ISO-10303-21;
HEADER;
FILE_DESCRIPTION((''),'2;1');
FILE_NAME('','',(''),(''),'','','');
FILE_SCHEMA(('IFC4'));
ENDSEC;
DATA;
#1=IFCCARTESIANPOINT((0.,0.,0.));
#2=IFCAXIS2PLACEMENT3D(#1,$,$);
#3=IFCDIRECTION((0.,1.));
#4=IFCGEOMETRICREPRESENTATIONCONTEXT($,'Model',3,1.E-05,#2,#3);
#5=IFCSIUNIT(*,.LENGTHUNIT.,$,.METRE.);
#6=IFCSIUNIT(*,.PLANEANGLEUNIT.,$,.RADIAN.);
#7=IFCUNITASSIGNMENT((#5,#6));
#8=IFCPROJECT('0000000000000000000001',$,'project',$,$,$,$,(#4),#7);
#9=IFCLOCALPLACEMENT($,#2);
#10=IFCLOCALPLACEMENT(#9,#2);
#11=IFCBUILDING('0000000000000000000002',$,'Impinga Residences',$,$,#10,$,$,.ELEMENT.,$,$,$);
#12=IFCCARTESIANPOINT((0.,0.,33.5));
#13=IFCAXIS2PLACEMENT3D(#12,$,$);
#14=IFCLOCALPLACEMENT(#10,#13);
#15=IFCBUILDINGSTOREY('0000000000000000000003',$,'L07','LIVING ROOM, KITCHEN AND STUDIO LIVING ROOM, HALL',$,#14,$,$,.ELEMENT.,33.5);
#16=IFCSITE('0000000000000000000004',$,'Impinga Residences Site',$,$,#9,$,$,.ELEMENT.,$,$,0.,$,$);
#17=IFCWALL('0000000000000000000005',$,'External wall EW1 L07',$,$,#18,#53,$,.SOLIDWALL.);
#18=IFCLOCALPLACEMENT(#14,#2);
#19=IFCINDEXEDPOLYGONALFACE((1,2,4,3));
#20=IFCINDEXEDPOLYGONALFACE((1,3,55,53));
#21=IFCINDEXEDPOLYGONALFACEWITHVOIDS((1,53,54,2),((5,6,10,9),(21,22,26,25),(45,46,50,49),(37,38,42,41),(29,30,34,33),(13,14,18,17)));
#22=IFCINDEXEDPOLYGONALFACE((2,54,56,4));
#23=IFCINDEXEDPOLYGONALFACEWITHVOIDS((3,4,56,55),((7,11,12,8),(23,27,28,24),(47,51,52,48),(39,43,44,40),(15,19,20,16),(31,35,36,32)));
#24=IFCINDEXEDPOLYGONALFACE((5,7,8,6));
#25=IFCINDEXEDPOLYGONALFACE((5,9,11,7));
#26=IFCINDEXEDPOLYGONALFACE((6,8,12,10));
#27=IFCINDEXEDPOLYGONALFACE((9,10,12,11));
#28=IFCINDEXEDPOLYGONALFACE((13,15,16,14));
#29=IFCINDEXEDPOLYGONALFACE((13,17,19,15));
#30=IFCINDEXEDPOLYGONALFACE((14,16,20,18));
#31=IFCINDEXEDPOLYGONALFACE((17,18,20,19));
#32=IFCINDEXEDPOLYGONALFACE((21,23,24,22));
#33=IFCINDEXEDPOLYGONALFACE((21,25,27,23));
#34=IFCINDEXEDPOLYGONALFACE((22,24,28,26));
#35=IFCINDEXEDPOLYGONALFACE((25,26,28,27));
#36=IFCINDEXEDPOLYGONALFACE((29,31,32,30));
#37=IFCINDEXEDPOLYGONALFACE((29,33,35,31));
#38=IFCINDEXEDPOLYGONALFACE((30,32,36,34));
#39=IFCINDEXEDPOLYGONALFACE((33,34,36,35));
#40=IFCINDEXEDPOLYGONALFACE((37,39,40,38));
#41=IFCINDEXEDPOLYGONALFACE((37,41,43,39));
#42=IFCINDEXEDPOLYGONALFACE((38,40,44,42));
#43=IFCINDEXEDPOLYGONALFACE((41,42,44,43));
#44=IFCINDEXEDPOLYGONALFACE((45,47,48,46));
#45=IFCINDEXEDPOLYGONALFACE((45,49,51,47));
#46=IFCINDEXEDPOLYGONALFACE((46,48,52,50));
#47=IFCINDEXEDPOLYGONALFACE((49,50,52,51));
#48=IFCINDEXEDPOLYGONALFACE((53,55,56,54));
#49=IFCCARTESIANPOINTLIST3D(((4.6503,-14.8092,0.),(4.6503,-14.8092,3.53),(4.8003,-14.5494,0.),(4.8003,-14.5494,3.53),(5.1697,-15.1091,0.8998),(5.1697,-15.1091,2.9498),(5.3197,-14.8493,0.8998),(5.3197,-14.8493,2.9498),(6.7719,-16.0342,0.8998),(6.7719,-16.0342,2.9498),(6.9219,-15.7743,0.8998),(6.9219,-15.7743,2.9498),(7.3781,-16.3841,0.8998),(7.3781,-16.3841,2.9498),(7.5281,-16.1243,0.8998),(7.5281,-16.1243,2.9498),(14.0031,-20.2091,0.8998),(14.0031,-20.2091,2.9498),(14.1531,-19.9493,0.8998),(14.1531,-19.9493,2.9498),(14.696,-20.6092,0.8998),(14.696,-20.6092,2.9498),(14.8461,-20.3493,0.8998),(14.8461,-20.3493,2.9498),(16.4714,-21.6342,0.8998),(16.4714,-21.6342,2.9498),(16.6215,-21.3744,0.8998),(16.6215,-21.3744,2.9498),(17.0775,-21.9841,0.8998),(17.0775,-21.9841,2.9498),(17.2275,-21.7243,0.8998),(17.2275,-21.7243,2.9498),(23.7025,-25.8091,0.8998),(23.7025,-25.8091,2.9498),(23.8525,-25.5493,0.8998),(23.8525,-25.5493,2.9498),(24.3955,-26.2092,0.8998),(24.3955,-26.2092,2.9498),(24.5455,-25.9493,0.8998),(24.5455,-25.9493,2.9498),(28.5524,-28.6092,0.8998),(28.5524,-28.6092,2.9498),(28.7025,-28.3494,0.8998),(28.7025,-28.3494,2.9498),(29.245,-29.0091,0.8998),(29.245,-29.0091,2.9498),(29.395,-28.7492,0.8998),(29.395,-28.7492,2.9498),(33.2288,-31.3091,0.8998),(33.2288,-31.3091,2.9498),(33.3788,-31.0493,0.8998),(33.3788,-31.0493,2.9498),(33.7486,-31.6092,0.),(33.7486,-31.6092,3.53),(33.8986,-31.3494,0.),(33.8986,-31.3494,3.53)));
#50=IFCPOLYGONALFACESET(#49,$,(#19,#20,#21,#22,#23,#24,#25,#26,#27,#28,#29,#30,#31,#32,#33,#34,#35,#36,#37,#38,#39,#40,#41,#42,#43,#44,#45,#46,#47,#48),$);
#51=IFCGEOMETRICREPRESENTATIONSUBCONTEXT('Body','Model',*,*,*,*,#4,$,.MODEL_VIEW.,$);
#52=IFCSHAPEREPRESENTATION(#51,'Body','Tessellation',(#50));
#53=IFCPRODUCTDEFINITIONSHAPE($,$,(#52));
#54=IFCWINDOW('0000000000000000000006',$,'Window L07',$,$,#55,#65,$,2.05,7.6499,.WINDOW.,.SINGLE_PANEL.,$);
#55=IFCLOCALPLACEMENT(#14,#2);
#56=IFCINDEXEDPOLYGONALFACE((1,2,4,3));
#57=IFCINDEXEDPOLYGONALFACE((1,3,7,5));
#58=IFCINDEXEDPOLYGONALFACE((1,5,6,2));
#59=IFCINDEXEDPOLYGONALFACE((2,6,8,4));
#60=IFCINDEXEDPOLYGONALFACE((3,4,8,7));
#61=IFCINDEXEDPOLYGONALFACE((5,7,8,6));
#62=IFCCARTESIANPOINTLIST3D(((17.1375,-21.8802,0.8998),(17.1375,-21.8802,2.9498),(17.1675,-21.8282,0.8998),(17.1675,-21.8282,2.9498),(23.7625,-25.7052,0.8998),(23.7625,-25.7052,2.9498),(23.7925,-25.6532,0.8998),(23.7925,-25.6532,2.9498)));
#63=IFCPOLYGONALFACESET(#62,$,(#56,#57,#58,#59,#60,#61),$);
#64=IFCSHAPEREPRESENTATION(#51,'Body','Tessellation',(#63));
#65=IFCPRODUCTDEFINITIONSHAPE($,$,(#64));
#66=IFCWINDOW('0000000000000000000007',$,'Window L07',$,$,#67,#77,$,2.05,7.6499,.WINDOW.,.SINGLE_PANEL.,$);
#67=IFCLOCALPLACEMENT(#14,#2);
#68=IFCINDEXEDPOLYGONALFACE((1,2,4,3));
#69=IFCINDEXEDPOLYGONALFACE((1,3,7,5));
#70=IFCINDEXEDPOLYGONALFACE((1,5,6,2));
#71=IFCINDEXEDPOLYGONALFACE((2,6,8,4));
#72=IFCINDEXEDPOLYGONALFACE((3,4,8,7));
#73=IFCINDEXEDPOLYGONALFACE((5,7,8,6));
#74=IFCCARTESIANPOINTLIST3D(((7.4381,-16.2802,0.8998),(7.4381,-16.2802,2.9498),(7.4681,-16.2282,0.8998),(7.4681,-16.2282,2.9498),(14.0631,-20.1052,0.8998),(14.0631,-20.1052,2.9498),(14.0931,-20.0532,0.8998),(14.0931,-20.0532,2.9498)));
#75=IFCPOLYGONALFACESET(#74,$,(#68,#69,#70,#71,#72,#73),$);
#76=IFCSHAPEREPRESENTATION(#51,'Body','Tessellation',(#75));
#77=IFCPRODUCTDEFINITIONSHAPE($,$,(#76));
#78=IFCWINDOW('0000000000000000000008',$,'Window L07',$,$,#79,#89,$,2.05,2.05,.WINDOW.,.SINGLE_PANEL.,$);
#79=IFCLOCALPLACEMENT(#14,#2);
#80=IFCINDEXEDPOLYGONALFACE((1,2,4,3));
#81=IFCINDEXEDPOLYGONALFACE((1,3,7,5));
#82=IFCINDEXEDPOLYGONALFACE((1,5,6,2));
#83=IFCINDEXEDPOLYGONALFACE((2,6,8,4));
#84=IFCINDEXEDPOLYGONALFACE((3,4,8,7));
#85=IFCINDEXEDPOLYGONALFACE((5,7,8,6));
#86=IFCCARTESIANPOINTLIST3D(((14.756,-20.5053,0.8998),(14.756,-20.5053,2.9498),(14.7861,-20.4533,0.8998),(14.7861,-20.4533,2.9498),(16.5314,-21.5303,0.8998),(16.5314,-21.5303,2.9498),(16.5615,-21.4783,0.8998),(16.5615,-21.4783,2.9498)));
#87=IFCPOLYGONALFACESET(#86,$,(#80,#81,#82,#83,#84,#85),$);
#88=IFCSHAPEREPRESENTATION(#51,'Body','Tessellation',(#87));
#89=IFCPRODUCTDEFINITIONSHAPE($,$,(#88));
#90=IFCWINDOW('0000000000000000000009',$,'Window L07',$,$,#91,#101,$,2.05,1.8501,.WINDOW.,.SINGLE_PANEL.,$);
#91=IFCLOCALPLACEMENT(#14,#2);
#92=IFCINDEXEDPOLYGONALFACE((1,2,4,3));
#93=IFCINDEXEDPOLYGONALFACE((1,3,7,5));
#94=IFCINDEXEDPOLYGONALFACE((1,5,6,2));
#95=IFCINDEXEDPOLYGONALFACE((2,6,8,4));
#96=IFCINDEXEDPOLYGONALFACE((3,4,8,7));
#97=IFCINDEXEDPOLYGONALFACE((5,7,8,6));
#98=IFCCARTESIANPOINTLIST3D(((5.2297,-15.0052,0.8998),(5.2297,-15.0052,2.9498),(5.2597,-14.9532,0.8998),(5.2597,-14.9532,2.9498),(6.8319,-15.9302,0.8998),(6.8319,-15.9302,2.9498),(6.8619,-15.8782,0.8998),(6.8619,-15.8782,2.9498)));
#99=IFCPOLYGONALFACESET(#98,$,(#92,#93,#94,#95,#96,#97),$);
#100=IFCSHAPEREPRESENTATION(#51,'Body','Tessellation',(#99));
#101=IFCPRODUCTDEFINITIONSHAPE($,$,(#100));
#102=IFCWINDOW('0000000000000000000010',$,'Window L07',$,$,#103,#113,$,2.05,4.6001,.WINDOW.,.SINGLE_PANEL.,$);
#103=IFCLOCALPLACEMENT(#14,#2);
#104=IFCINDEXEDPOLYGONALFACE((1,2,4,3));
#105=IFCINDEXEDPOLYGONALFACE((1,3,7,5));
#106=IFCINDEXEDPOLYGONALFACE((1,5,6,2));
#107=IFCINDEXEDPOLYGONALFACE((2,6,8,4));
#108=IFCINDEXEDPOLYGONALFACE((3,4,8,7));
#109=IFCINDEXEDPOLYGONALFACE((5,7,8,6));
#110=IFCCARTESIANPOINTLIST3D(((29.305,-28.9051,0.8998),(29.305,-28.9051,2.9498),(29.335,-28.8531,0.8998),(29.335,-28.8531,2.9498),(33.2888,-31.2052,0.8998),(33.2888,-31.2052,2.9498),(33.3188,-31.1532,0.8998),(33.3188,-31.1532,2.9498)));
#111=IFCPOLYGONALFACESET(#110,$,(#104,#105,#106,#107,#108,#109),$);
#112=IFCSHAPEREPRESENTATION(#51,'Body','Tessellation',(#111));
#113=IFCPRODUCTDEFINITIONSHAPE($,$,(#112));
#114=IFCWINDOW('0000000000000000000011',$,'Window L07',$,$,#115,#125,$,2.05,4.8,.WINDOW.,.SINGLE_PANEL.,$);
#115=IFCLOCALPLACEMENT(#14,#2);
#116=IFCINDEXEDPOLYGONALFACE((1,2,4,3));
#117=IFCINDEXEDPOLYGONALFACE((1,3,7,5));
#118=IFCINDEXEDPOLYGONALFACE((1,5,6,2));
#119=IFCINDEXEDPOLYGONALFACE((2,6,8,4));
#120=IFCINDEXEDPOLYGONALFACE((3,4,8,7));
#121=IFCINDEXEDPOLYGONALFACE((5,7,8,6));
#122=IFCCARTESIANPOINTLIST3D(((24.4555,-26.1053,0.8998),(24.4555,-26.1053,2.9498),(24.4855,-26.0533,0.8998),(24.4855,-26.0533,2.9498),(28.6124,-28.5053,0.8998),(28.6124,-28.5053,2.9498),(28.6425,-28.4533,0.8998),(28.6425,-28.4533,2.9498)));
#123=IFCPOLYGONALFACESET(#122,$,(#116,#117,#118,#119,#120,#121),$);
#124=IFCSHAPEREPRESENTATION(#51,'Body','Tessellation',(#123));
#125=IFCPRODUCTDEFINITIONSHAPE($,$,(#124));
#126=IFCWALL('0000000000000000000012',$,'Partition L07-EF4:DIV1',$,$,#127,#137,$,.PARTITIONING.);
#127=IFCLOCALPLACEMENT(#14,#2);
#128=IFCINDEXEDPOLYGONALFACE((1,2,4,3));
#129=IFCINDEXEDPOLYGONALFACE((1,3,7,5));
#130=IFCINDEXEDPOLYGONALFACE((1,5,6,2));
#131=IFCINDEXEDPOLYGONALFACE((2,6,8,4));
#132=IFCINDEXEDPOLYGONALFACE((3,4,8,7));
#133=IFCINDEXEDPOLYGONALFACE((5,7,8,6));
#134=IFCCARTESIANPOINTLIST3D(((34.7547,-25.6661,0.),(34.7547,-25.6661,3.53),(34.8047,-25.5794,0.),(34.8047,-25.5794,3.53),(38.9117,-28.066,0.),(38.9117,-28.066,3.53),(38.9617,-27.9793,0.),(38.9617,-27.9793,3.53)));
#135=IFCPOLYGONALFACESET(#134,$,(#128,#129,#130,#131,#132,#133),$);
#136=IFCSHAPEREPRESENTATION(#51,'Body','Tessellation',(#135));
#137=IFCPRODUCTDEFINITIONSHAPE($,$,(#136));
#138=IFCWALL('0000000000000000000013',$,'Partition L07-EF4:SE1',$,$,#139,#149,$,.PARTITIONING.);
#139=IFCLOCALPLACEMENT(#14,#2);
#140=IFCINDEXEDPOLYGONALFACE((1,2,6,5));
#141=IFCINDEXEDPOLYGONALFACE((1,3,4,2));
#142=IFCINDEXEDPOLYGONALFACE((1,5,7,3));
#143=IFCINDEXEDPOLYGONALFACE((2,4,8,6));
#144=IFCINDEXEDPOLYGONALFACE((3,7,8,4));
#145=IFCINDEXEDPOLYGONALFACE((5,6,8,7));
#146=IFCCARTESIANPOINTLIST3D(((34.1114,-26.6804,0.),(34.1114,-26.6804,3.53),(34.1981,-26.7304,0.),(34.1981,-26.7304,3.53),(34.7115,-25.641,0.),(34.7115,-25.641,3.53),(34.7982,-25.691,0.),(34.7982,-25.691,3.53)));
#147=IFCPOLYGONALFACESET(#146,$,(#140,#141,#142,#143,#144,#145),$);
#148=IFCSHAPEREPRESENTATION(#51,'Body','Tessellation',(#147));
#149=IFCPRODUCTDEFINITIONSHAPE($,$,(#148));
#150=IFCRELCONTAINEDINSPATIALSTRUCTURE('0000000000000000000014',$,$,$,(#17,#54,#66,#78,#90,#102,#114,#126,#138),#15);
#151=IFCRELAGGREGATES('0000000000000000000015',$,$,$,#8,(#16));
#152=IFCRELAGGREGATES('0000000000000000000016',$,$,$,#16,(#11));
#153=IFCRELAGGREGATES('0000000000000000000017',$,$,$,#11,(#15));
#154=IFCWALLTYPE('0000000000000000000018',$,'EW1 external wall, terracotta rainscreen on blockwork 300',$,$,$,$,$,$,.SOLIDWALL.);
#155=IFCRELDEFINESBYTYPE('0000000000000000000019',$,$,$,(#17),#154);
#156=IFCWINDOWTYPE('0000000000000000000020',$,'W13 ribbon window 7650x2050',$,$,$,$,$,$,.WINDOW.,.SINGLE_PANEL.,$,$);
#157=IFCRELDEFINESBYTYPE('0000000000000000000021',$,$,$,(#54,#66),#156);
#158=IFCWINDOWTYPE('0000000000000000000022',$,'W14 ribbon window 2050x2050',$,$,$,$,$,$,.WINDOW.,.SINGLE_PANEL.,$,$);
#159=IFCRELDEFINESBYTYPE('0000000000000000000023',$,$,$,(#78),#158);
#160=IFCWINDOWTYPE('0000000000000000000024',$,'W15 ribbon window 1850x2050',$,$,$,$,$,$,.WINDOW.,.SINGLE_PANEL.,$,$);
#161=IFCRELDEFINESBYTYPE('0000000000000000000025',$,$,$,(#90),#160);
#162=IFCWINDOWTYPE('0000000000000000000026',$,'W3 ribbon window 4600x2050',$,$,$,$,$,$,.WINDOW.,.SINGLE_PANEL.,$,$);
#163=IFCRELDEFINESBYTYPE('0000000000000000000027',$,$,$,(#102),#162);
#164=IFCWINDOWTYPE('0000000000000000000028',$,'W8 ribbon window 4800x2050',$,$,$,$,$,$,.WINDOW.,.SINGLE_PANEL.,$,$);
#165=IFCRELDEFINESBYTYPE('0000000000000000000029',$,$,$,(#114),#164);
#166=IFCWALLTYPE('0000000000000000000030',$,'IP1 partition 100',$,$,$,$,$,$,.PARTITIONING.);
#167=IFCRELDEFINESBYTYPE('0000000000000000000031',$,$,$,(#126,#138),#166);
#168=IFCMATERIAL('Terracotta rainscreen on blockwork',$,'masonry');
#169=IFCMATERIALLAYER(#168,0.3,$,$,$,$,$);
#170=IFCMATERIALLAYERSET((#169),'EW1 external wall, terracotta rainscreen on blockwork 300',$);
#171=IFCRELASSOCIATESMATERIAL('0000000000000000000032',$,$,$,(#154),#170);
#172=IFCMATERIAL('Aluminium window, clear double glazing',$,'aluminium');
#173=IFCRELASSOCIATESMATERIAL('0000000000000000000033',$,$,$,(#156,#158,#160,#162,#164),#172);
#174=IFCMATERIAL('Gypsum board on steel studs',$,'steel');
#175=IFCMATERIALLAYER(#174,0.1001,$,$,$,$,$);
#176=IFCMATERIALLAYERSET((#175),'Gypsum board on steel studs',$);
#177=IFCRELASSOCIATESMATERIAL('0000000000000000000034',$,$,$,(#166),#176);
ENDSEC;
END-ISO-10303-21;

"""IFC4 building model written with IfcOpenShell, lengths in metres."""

from ifc_helpers import new_model, si_unit, direction, frame, frame_2d, origin, place, context, subcontext, project, spatial, rectangle, extrude, material, layer, layer_set, type_object, element, fill, save


model = new_model("IFC4")

# Units and contexts
model_context = context("Model", 3, precision=1e-05, world=origin(), true_north=direction((0.0, 1.0)))
body_context = subcontext(model_context, "Body", "Model", "MODEL_VIEW")
ifc_project = project(units=[si_unit("LENGTHUNIT", "METRE"), si_unit("PLANEANGLEUNIT", "RADIAN")], contexts=[model_context])

# Site, building, storey
site_placement = place(None, origin())
site = spatial("IfcSite", under=ifc_project, at=site_placement, Name="Impinga Residences Site", CompositionType="ELEMENT", RefElevation=0.0)
building_placement = place(site_placement, origin())
building = spatial("IfcBuilding", under=site, at=building_placement, Name="Impinga Residences", CompositionType="ELEMENT")
storey_placement = place(building_placement, frame((0.0, 0.0, 33.5)))
storey = spatial("IfcBuildingStorey", under=building, at=storey_placement, Name="L07", Description="LIVING ROOM, KITCHEN AND STUDIO LIVING ROOM, HALL", CompositionType="ELEMENT", Elevation=33.5)

# Shared definitions
ifc_material_1 = material(Name="Terracotta rainscreen on blockwork", Category="masonry")
ifc_layer_1 = layer(ifc_material_1, 0.3)
ifc_layer_set_1 = layer_set([ifc_layer_1], Name="EW1 external wall, terracotta rainscreen on blockwork 300")
wall_type_1 = type_object("IfcWallType", Name="EW1 external wall, terracotta rainscreen on blockwork 300", PredefinedType="SOLIDWALL", material=ifc_layer_set_1)

# Wall, openings, windows
wall_1_placement = place(storey_placement, frame((33.8235, -31.4792, 0.0), z_axis=(0.0, 0.0, 1.0), x_axis=(-0.866024, 0.500002, 0.0)))
wall_1 = element("IfcWall", 1, at=wall_1_placement, inside=storey, type_object=wall_type_1, Name="External wall EW1 L07", PredefinedType="SOLIDWALL", context=body_context, shape_type="SweptSolid", body=[
    extrude(rectangle(XDim=33.5999, YDim=0.3, at=frame_2d((16.7998, 0.0))), origin(), (0.0, 0.0, 1.0), 3.53),
])
opening_1_placement = place(wall_1_placement, frame((0.6001, 0.0, 0.8999)))
opening_1 = element("IfcOpeningElement", 2, at=opening_1_placement, cuts=wall_1, PredefinedType="OPENING", context=body_context, shape_type="SweptSolid", body=[
    extrude(rectangle(XDim=4.6001, YDim=2.05, at=frame_2d((2.3, 1.0249))), frame((0.0, 0.1599, 0.0), z_axis=(0.0, -1.0, 0.0), x_axis=(1.0, 0.0, 0.0)), (0.0, 0.0, 1.0), 0.3201),
])
opening_2_placement = place(wall_1_placement, frame((6.0, 0.0, 0.8999)))
opening_2 = element("IfcOpeningElement", 3, at=opening_2_placement, cuts=wall_1, PredefinedType="OPENING", context=body_context, shape_type="SweptSolid", body=[
    extrude(rectangle(XDim=4.8, YDim=2.05, at=frame_2d((2.3999, 1.0249))), frame((0.0, 0.1599, 0.0), z_axis=(0.0, -1.0, 0.0), x_axis=(1.0, 0.0, 0.0)), (0.0, 0.0, 1.0), 0.3201),
])
opening_3_placement = place(wall_1_placement, frame((11.6001, 0.0, 0.8999)))
opening_3 = element("IfcOpeningElement", 4, at=opening_3_placement, cuts=wall_1, PredefinedType="OPENING", context=body_context, shape_type="SweptSolid", body=[
    extrude(rectangle(XDim=7.6499, YDim=2.05, at=frame_2d((3.825, 1.0249))), frame((0.0, 0.1599, 0.0), z_axis=(0.0, -1.0, 0.0), x_axis=(1.0, 0.0, 0.0)), (0.0, 0.0, 1.0), 0.3201),
])
opening_4_placement = place(wall_1_placement, frame((19.95, 0.0, 0.8999)))
opening_4 = element("IfcOpeningElement", 5, at=opening_4_placement, cuts=wall_1, PredefinedType="OPENING", context=body_context, shape_type="SweptSolid", body=[
    extrude(rectangle(XDim=2.05, YDim=2.05, at=frame_2d((1.0249, 1.0249))), frame((0.0, 0.1599, 0.0), z_axis=(0.0, -1.0, 0.0), x_axis=(1.0, 0.0, 0.0)), (0.0, 0.0, 1.0), 0.3201),
])
opening_5_placement = place(wall_1_placement, frame((22.8, 0.0, 0.8999)))
opening_5 = element("IfcOpeningElement", 6, at=opening_5_placement, cuts=wall_1, PredefinedType="OPENING", context=body_context, shape_type="SweptSolid", body=[
    extrude(rectangle(XDim=7.6499, YDim=2.05, at=frame_2d((3.825, 1.0249))), frame((0.0, 0.1599, 0.0), z_axis=(0.0, -1.0, 0.0), x_axis=(1.0, 0.0, 0.0)), (0.0, 0.0, 1.0), 0.3201),
])
opening_6_placement = place(wall_1_placement, frame((31.1499, 0.0, 0.8999)))
opening_6 = element("IfcOpeningElement", 7, at=opening_6_placement, cuts=wall_1, PredefinedType="OPENING", context=body_context, shape_type="SweptSolid", body=[
    extrude(rectangle(XDim=1.8501, YDim=2.05, at=frame_2d((0.925, 1.0249))), frame((0.0, 0.1599, 0.0), z_axis=(0.0, -1.0, 0.0), x_axis=(1.0, 0.0, 0.0)), (0.0, 0.0, 1.0), 0.3201),
])
ifc_material_2 = material(Name="Aluminium window, clear double glazing", Category="aluminium")
window_type_1 = type_object("IfcWindowType", Name="W13 ribbon window 7650x2050", PartitioningType="SINGLE_PANEL", PredefinedType="WINDOW", material=ifc_material_2)
window_1_placement = place(opening_3_placement, origin())
window_1 = element("IfcWindow", 8, at=window_1_placement, inside=storey, type_object=window_type_1, Name="Window L07", OverallHeight=2.05, OverallWidth=7.6499, PartitioningType="SINGLE_PANEL", PredefinedType="WINDOW", context=body_context, shape_type="SweptSolid", body=[
    extrude(rectangle(XDim=7.6499, YDim=2.05, at=frame_2d((3.825, 1.0249))), frame((0.0, 0.03, 0.0), z_axis=(0.0, -1.0, 0.0), x_axis=(1.0, 0.0, 0.0)), (0.0, 0.0, 1.0), 0.0601),
])
fill(opening_3, window_1)
window_2_placement = place(opening_5_placement, origin())
window_2 = element("IfcWindow", 9, at=window_2_placement, inside=storey, type_object=window_type_1, Name="Window L07", OverallHeight=2.05, OverallWidth=7.6499, PartitioningType="SINGLE_PANEL", PredefinedType="WINDOW", context=body_context, shape_type="SweptSolid", body=[
    extrude(rectangle(XDim=7.6499, YDim=2.05, at=frame_2d((3.825, 1.0249))), frame((0.0, 0.03, 0.0), z_axis=(0.0, -1.0, 0.0), x_axis=(1.0, 0.0, 0.0)), (0.0, 0.0, 1.0), 0.0601),
])
fill(opening_5, window_2)
window_type_2 = type_object("IfcWindowType", Name="W14 ribbon window 2050x2050", PartitioningType="SINGLE_PANEL", PredefinedType="WINDOW", material=ifc_material_2)
window_3_placement = place(opening_4_placement, origin())
window_3 = element("IfcWindow", 10, at=window_3_placement, inside=storey, type_object=window_type_2, Name="Window L07", OverallHeight=2.05, OverallWidth=2.05, PartitioningType="SINGLE_PANEL", PredefinedType="WINDOW", context=body_context, shape_type="SweptSolid", body=[
    extrude(rectangle(XDim=2.05, YDim=2.05, at=frame_2d((1.0249, 1.0249))), frame((0.0, 0.03, 0.0), z_axis=(0.0, -1.0, 0.0), x_axis=(1.0, 0.0, 0.0)), (0.0, 0.0, 1.0), 0.0601),
])
fill(opening_4, window_3)
window_type_3 = type_object("IfcWindowType", Name="W15 ribbon window 1850x2050", PartitioningType="SINGLE_PANEL", PredefinedType="WINDOW", material=ifc_material_2)
window_4_placement = place(opening_6_placement, origin())
window_4 = element("IfcWindow", 11, at=window_4_placement, inside=storey, type_object=window_type_3, Name="Window L07", OverallHeight=2.05, OverallWidth=1.8501, PartitioningType="SINGLE_PANEL", PredefinedType="WINDOW", context=body_context, shape_type="SweptSolid", body=[
    extrude(rectangle(XDim=1.8501, YDim=2.05, at=frame_2d((0.925, 1.0249))), frame((0.0, 0.03, 0.0), z_axis=(0.0, -1.0, 0.0), x_axis=(1.0, 0.0, 0.0)), (0.0, 0.0, 1.0), 0.0601),
])
fill(opening_6, window_4)
window_type_4 = type_object("IfcWindowType", Name="W3 ribbon window 4600x2050", PartitioningType="SINGLE_PANEL", PredefinedType="WINDOW", material=ifc_material_2)
window_5_placement = place(opening_1_placement, origin())
window_5 = element("IfcWindow", 12, at=window_5_placement, inside=storey, type_object=window_type_4, Name="Window L07", OverallHeight=2.05, OverallWidth=4.6001, PartitioningType="SINGLE_PANEL", PredefinedType="WINDOW", context=body_context, shape_type="SweptSolid", body=[
    extrude(rectangle(XDim=4.6001, YDim=2.05, at=frame_2d((2.3, 1.0249))), frame((0.0, 0.03, 0.0), z_axis=(0.0, -1.0, 0.0), x_axis=(1.0, 0.0, 0.0)), (0.0, 0.0, 1.0), 0.0601),
])
fill(opening_1, window_5)
window_type_5 = type_object("IfcWindowType", Name="W8 ribbon window 4800x2050", PartitioningType="SINGLE_PANEL", PredefinedType="WINDOW", material=ifc_material_2)
window_6_placement = place(opening_2_placement, origin())
window_6 = element("IfcWindow", 13, at=window_6_placement, inside=storey, type_object=window_type_5, Name="Window L07", OverallHeight=2.05, OverallWidth=4.8, PartitioningType="SINGLE_PANEL", PredefinedType="WINDOW", context=body_context, shape_type="SweptSolid", body=[
    extrude(rectangle(XDim=4.8, YDim=2.05, at=frame_2d((2.3999, 1.0249))), frame((0.0, 0.03, 0.0), z_axis=(0.0, -1.0, 0.0), x_axis=(1.0, 0.0, 0.0)), (0.0, 0.0, 1.0), 0.0601),
])
fill(opening_2, window_6)

# Walls
ifc_material_3 = material(Name="Gypsum board on steel studs", Category="steel")
ifc_layer_2 = layer(ifc_material_3, 0.1001)
ifc_layer_set_2 = layer_set([ifc_layer_2], Name="Gypsum board on steel studs")
wall_type_2 = type_object("IfcWallType", Name="IP1 partition 100", PredefinedType="PARTITIONING", material=ifc_layer_set_2)
wall_2_placement = place(storey_placement, frame((34.7798, -25.6228, 0.0), z_axis=(0.0, 0.0, 1.0), x_axis=(0.866037, -0.499979, 0.0)))
element("IfcWall", 14, at=wall_2_placement, inside=storey, type_object=wall_type_2, Name="Partition L07-EF4:DIV1", PredefinedType="PARTITIONING", context=body_context, shape_type="SweptSolid", body=[
    extrude(rectangle(XDim=4.8, YDim=0.1001, at=frame_2d((2.3999, 0.0))), origin(), (0.0, 0.0, 1.0), 3.53),
])
wall_3_placement = place(storey_placement, frame((34.7549, -25.666, 0.0), z_axis=(0.0, 0.0, 1.0), x_axis=(-0.500034, -0.866006, 0.0)))
element("IfcWall", 15, at=wall_3_placement, inside=storey, type_object=wall_type_2, Name="Partition L07-EF4:SE1", PredefinedType="PARTITIONING", context=body_context, shape_type="SweptSolid", body=[
    extrude(rectangle(XDim=1.2002, YDim=0.1001, at=frame_2d((0.6001, 0.0))), origin(), (0.0, 0.0, 1.0), 3.53),
])

save(model, "model.ifc")
